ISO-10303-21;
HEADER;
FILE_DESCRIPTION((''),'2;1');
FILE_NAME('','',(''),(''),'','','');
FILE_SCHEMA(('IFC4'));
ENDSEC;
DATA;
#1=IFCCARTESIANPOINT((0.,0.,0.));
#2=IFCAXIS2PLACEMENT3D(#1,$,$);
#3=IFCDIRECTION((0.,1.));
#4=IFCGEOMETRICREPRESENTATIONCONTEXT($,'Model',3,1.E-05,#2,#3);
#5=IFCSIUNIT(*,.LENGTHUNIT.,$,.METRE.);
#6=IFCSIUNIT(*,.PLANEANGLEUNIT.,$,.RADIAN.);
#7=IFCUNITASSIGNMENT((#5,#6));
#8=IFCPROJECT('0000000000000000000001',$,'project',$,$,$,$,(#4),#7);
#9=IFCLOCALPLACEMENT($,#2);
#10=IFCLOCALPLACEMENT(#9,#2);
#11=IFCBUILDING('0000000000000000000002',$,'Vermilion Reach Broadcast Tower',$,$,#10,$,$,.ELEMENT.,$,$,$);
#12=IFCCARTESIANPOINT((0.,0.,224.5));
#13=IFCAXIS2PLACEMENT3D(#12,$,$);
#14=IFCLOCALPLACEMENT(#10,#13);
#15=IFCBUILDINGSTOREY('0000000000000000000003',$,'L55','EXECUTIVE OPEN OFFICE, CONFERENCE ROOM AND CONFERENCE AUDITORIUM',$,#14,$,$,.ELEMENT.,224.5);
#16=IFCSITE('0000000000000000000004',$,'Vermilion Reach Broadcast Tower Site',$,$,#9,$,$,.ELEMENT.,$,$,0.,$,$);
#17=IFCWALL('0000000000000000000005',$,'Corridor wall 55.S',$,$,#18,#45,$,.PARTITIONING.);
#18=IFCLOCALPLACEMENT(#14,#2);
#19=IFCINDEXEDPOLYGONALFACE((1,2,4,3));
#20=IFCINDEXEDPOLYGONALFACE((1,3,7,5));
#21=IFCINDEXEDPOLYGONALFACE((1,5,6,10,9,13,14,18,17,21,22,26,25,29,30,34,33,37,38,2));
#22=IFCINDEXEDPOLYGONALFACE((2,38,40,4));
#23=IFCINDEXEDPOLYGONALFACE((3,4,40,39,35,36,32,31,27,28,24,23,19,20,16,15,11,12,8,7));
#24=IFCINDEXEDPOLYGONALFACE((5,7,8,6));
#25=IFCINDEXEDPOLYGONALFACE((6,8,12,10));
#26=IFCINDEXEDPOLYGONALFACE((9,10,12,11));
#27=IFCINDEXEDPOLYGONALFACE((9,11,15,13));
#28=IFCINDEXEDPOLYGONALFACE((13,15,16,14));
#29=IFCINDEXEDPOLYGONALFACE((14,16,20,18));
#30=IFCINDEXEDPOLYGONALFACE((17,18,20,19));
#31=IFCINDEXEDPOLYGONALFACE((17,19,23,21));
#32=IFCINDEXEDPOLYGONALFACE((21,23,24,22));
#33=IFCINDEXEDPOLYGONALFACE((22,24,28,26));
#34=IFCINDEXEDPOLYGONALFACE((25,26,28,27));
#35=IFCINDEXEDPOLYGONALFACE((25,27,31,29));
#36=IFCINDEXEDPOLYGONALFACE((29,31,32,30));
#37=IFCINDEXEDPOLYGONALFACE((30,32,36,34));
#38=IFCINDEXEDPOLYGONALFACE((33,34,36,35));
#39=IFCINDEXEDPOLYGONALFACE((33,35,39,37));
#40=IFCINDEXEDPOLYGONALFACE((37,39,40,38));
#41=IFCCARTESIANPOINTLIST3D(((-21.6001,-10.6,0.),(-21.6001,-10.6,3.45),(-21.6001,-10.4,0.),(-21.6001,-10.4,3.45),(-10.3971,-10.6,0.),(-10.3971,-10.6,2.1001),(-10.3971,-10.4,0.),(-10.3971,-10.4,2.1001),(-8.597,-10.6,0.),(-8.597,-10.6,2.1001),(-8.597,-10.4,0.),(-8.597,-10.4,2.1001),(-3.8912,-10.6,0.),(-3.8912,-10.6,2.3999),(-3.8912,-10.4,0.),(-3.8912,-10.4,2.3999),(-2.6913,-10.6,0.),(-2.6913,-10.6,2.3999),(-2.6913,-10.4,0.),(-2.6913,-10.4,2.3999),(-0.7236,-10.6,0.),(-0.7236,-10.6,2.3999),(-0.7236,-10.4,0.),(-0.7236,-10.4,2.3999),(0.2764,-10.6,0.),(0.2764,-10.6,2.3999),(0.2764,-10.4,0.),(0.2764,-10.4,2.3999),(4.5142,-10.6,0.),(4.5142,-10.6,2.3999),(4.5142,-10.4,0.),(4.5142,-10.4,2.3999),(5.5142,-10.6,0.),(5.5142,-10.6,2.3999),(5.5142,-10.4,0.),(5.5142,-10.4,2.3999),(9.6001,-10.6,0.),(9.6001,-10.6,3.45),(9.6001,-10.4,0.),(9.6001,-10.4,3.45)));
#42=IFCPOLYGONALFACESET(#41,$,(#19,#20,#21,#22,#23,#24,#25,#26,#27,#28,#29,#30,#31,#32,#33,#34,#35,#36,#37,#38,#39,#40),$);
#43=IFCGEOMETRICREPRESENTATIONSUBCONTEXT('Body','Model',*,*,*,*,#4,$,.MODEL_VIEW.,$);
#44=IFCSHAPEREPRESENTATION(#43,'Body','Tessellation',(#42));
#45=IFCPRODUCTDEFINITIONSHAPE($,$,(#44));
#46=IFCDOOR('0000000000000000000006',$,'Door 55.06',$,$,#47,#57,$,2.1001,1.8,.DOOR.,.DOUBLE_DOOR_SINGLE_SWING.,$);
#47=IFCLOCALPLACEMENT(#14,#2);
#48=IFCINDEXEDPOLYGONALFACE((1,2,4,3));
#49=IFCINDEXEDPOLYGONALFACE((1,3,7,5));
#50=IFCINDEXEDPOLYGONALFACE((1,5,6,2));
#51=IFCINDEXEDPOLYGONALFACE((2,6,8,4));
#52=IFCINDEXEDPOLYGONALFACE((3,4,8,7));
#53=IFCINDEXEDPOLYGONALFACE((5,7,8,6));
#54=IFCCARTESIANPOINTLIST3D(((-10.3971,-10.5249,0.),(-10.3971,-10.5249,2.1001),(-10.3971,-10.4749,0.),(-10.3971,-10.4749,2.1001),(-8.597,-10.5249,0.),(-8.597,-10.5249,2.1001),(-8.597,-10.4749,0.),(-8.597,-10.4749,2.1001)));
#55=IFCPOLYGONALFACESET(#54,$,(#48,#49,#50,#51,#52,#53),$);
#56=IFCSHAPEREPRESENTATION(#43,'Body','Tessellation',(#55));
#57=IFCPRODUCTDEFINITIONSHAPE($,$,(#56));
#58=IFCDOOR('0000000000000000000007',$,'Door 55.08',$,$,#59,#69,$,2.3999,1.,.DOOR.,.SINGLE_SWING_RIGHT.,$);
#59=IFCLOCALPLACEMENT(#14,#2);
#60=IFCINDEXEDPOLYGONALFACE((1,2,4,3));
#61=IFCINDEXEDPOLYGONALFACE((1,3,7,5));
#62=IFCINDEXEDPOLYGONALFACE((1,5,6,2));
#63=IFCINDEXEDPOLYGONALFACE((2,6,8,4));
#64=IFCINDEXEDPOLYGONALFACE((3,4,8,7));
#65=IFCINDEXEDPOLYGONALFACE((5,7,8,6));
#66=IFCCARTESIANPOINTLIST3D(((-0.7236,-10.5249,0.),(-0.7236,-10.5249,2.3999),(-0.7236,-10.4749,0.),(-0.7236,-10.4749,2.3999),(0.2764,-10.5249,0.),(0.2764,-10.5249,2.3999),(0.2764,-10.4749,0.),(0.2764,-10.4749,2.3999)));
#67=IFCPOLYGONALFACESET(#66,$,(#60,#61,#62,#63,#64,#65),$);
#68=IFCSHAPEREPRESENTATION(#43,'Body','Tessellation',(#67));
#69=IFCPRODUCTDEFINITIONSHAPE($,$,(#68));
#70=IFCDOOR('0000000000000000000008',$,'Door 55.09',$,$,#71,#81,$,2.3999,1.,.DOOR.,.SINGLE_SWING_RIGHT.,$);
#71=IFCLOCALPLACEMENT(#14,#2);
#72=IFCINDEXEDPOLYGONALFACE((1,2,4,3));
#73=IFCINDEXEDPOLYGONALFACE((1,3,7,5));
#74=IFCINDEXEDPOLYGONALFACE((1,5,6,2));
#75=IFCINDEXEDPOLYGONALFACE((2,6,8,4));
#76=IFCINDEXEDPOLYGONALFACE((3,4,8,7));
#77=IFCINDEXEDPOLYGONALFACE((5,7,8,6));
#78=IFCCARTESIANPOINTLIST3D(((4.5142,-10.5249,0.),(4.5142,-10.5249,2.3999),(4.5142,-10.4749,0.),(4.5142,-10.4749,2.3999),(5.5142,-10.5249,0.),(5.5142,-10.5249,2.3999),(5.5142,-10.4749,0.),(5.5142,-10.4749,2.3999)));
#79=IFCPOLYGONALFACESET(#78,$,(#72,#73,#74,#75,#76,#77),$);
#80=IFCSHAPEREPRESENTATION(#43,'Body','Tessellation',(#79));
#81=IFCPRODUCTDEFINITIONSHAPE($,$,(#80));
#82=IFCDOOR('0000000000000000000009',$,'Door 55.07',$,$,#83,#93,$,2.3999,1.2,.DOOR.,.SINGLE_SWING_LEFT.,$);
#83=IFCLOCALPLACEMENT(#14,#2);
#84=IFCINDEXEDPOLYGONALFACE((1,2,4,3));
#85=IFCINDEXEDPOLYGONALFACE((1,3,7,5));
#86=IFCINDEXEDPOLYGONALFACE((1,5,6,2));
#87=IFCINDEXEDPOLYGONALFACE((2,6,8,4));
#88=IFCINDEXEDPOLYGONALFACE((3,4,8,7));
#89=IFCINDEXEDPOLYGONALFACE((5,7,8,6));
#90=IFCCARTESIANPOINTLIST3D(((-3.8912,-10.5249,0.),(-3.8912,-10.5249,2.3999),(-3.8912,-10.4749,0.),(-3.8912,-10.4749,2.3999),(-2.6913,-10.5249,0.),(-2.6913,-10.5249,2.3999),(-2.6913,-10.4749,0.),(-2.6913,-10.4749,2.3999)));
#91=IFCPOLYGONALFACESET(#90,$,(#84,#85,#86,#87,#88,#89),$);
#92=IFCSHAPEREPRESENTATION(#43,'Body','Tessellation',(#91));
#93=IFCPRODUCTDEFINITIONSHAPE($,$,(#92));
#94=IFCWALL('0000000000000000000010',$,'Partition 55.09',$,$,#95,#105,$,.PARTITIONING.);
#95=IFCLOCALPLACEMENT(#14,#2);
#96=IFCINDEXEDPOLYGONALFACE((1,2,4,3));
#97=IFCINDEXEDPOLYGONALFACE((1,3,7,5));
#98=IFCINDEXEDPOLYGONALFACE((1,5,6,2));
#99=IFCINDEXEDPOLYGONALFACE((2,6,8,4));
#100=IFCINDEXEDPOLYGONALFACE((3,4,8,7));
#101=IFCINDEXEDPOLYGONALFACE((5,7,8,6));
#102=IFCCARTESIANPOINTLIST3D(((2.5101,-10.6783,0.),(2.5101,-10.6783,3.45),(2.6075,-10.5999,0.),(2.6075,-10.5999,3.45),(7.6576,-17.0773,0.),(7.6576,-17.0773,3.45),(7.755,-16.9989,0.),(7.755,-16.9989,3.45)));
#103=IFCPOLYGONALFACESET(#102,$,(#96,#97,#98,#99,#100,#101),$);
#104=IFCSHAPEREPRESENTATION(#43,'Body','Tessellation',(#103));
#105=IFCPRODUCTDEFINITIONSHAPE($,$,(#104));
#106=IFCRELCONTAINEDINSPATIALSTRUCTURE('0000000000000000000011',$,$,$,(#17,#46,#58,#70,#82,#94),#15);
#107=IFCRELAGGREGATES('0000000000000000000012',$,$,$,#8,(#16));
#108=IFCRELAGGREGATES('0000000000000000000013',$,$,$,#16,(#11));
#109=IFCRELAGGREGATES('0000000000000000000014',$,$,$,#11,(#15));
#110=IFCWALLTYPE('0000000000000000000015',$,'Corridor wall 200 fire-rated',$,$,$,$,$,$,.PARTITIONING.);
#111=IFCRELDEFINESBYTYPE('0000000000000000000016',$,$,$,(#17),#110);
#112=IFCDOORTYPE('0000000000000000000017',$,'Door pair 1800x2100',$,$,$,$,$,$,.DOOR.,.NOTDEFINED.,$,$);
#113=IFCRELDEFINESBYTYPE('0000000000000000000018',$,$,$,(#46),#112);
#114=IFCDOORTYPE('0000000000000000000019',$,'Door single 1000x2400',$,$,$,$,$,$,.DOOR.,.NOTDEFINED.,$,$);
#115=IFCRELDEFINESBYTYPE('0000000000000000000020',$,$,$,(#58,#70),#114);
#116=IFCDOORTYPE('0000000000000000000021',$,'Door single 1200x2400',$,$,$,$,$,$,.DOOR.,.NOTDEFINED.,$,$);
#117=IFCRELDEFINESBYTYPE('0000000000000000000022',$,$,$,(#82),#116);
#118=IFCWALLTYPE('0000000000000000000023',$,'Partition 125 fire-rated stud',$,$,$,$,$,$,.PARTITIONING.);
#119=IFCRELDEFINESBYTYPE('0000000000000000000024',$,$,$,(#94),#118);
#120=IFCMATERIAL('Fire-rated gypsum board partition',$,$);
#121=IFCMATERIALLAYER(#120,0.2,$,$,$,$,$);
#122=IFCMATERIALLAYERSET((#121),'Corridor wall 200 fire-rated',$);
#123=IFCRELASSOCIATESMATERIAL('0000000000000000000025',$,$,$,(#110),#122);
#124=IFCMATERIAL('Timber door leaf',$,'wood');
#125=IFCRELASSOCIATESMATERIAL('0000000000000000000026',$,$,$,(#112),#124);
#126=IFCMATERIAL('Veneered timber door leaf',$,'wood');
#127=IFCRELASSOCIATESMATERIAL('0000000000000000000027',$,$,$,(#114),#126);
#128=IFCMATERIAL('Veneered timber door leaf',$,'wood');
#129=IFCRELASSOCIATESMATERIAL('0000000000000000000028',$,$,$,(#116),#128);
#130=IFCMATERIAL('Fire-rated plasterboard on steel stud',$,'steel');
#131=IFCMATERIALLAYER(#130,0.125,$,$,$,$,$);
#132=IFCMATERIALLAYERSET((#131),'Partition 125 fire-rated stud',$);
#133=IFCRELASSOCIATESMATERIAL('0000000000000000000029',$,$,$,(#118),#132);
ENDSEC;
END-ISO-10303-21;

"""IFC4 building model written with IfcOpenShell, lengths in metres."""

from ifc_helpers import new_model, si_unit, direction, frame, frame_2d, origin, place, context, subcontext, project, spatial, rectangle, extrude, material, layer, layer_set, type_object, element, fill, save


model = new_model("IFC4")

# Units and contexts
model_context = context("Model", 3, precision=1e-05, world=origin(), true_north=direction((0.0, 1.0)))
body_context = subcontext(model_context, "Body", "Model", "MODEL_VIEW")
ifc_project = project(units=[si_unit("LENGTHUNIT", "METRE"), si_unit("PLANEANGLEUNIT", "RADIAN")], contexts=[model_context])

# Site, building, storey
site_placement = place(None, origin())
site = spatial("IfcSite", under=ifc_project, at=site_placement, Name="Vermilion Reach Broadcast Tower Site", CompositionType="ELEMENT", RefElevation=0.0)
building_placement = place(site_placement, origin())
building = spatial("IfcBuilding", under=site, at=building_placement, Name="Vermilion Reach Broadcast Tower", CompositionType="ELEMENT")
storey_placement = place(building_placement, frame((0.0, 0.0, 224.5)))
storey = spatial("IfcBuildingStorey", under=building, at=storey_placement, Name="L55", Description="EXECUTIVE OPEN OFFICE, CONFERENCE ROOM AND CONFERENCE AUDITORIUM", CompositionType="ELEMENT", Elevation=224.5)

# Wall, openings, doors
ifc_material_1 = material(Name="Fire-rated gypsum board partition")
ifc_layer_1 = layer(ifc_material_1, 0.2)
ifc_layer_set_1 = layer_set([ifc_layer_1], Name="Corridor wall 200 fire-rated")
wall_type_1 = type_object("IfcWallType", Name="Corridor wall 200 fire-rated", PredefinedType="PARTITIONING", material=ifc_layer_set_1)
wall_1_placement = place(storey_placement, frame((9.6001, -10.5, 0.0), z_axis=(0.0, 0.0, 1.0), x_axis=(-1.0, 0.0, 0.0)))
wall_1 = element("IfcWall", 1, at=wall_1_placement, inside=storey, type_object=wall_type_1, Name="Corridor wall 55.S", PredefinedType="PARTITIONING", context=body_context, shape_type="SweptSolid", body=[
    extrude(rectangle(XDim=31.2002, YDim=0.2, at=frame_2d((15.6001, 0.0))), origin(), (0.0, 0.0, 1.0), 3.45),
])
opening_1_placement = place(wall_1_placement, frame((18.1973, 0.0, 0.0)))
opening_1 = element("IfcOpeningElement", 2, at=opening_1_placement, cuts=wall_1, PredefinedType="OPENING", context=body_context, shape_type="SweptSolid", body=[
    extrude(rectangle(XDim=1.8, YDim=2.1001, at=frame_2d((0.8999, 1.05))), frame((0.0, 0.1099, 0.0), z_axis=(0.0, -1.0, 0.0), x_axis=(1.0, 0.0, 0.0)), (0.0, 0.0, 1.0), 0.22),
])
opening_2_placement = place(wall_1_placement, frame((12.2913, 0.0, 0.0)))
opening_2 = element("IfcOpeningElement", 3, at=opening_2_placement, cuts=wall_1, PredefinedType="OPENING", context=body_context, shape_type="SweptSolid", body=[
    extrude(rectangle(XDim=1.2, YDim=2.3999, at=frame_2d((0.6001, 1.2))), frame((0.0, 0.1099, 0.0), z_axis=(0.0, -1.0, 0.0), x_axis=(1.0, 0.0, 0.0)), (0.0, 0.0, 1.0), 0.22),
])
opening_3_placement = place(wall_1_placement, frame((9.3237, 0.0, 0.0)))
opening_3 = element("IfcOpeningElement", 4, at=opening_3_placement, cuts=wall_1, PredefinedType="OPENING", context=body_context, shape_type="SweptSolid", body=[
    extrude(rectangle(XDim=1.0, YDim=2.3999, at=frame_2d((0.5, 1.2))), frame((0.0, 0.1099, 0.0), z_axis=(0.0, -1.0, 0.0), x_axis=(1.0, 0.0, 0.0)), (0.0, 0.0, 1.0), 0.22),
])
opening_4_placement = place(wall_1_placement, frame((4.0859, 0.0, 0.0)))
opening_4 = element("IfcOpeningElement", 5, at=opening_4_placement, cuts=wall_1, PredefinedType="OPENING", context=body_context, shape_type="SweptSolid", body=[
    extrude(rectangle(XDim=1.0, YDim=2.3999, at=frame_2d((0.5, 1.2))), frame((0.0, 0.1099, 0.0), z_axis=(0.0, -1.0, 0.0), x_axis=(1.0, 0.0, 0.0)), (0.0, 0.0, 1.0), 0.22),
])
ifc_material_2 = material(Name="Timber door leaf", Category="wood")
door_type_1 = type_object("IfcDoorType", Name="Door pair 1800x2100", OperationType="NOTDEFINED", PredefinedType="DOOR", material=ifc_material_2)
door_1_placement = place(opening_1_placement, origin())
door_1 = element("IfcDoor", 6, at=door_1_placement, inside=storey, type_object=door_type_1, Name="Door 55.06", OperationType="DOUBLE_DOOR_SINGLE_SWING", OverallHeight=2.1001, OverallWidth=1.8, PredefinedType="DOOR", context=body_context, shape_type="SweptSolid", body=[
    extrude(rectangle(XDim=1.8, YDim=2.1001, at=frame_2d((0.8999, 1.05))), frame((0.0, 0.0249, 0.0), z_axis=(0.0, -1.0, 0.0), x_axis=(1.0, 0.0, 0.0)), (0.0, 0.0, 1.0), 0.05),
])
fill(opening_1, door_1)
ifc_material_3 = material(Name="Veneered timber door leaf", Category="wood")
door_type_2 = type_object("IfcDoorType", Name="Door single 1000x2400", OperationType="NOTDEFINED", PredefinedType="DOOR", material=ifc_material_3)
door_2_placement = place(opening_3_placement, origin())
door_2 = element("IfcDoor", 7, at=door_2_placement, inside=storey, type_object=door_type_2, Name="Door 55.08", OperationType="SINGLE_SWING_RIGHT", OverallHeight=2.3999, OverallWidth=1.0, PredefinedType="DOOR", context=body_context, shape_type="SweptSolid", body=[
    extrude(rectangle(XDim=1.0, YDim=2.3999, at=frame_2d((0.5, 1.2))), frame((0.0, 0.0249, 0.0), z_axis=(0.0, -1.0, 0.0), x_axis=(1.0, 0.0, 0.0)), (0.0, 0.0, 1.0), 0.05),
])
fill(opening_3, door_2)
door_3_placement = place(opening_4_placement, origin())
door_3 = element("IfcDoor", 8, at=door_3_placement, inside=storey, type_object=door_type_2, Name="Door 55.09", OperationType="SINGLE_SWING_RIGHT", OverallHeight=2.3999, OverallWidth=1.0, PredefinedType="DOOR", context=body_context, shape_type="SweptSolid", body=[
    extrude(rectangle(XDim=1.0, YDim=2.3999, at=frame_2d((0.5, 1.2))), frame((0.0, 0.0249, 0.0), z_axis=(0.0, -1.0, 0.0), x_axis=(1.0, 0.0, 0.0)), (0.0, 0.0, 1.0), 0.05),
])
fill(opening_4, door_3)
ifc_material_4 = material(Name="Veneered timber door leaf", Category="wood")
door_type_3 = type_object("IfcDoorType", Name="Door single 1200x2400", OperationType="NOTDEFINED", PredefinedType="DOOR", material=ifc_material_4)
door_4_placement = place(opening_2_placement, origin())
door_4 = element("IfcDoor", 9, at=door_4_placement, inside=storey, type_object=door_type_3, Name="Door 55.07", OperationType="SINGLE_SWING_LEFT", OverallHeight=2.3999, OverallWidth=1.2, PredefinedType="DOOR", context=body_context, shape_type="SweptSolid", body=[
    extrude(rectangle(XDim=1.2, YDim=2.3999, at=frame_2d((0.6001, 1.2))), frame((0.0, 0.0249, 0.0), z_axis=(0.0, -1.0, 0.0), x_axis=(1.0, 0.0, 0.0)), (0.0, 0.0, 1.0), 0.05),
])
fill(opening_2, door_4)

# Wall
ifc_material_5 = material(Name="Fire-rated plasterboard on steel stud", Category="steel")
ifc_layer_2 = layer(ifc_material_5, 0.125)
ifc_layer_set_2 = layer_set([ifc_layer_2], Name="Partition 125 fire-rated stud")
wall_type_2 = type_object("IfcWallType", Name="Partition 125 fire-rated stud", PredefinedType="PARTITIONING", material=ifc_layer_set_2)
wall_2_placement = place(storey_placement, frame((7.7063, -17.0381, 0.0), z_axis=(0.0, 0.0, 1.0), x_axis=(-0.626796, 0.779184, 0.0)))
element("IfcWall", 10, at=wall_2_placement, inside=storey, type_object=wall_type_2, Name="Partition 55.09", PredefinedType="PARTITIONING", context=body_context, shape_type="SweptSolid", body=[
    extrude(rectangle(XDim=8.2124, YDim=0.125, at=frame_2d((4.1062, 0.0))), origin(), (0.0, 0.0, 1.0), 3.45),
])

save(model, "model.ifc")
